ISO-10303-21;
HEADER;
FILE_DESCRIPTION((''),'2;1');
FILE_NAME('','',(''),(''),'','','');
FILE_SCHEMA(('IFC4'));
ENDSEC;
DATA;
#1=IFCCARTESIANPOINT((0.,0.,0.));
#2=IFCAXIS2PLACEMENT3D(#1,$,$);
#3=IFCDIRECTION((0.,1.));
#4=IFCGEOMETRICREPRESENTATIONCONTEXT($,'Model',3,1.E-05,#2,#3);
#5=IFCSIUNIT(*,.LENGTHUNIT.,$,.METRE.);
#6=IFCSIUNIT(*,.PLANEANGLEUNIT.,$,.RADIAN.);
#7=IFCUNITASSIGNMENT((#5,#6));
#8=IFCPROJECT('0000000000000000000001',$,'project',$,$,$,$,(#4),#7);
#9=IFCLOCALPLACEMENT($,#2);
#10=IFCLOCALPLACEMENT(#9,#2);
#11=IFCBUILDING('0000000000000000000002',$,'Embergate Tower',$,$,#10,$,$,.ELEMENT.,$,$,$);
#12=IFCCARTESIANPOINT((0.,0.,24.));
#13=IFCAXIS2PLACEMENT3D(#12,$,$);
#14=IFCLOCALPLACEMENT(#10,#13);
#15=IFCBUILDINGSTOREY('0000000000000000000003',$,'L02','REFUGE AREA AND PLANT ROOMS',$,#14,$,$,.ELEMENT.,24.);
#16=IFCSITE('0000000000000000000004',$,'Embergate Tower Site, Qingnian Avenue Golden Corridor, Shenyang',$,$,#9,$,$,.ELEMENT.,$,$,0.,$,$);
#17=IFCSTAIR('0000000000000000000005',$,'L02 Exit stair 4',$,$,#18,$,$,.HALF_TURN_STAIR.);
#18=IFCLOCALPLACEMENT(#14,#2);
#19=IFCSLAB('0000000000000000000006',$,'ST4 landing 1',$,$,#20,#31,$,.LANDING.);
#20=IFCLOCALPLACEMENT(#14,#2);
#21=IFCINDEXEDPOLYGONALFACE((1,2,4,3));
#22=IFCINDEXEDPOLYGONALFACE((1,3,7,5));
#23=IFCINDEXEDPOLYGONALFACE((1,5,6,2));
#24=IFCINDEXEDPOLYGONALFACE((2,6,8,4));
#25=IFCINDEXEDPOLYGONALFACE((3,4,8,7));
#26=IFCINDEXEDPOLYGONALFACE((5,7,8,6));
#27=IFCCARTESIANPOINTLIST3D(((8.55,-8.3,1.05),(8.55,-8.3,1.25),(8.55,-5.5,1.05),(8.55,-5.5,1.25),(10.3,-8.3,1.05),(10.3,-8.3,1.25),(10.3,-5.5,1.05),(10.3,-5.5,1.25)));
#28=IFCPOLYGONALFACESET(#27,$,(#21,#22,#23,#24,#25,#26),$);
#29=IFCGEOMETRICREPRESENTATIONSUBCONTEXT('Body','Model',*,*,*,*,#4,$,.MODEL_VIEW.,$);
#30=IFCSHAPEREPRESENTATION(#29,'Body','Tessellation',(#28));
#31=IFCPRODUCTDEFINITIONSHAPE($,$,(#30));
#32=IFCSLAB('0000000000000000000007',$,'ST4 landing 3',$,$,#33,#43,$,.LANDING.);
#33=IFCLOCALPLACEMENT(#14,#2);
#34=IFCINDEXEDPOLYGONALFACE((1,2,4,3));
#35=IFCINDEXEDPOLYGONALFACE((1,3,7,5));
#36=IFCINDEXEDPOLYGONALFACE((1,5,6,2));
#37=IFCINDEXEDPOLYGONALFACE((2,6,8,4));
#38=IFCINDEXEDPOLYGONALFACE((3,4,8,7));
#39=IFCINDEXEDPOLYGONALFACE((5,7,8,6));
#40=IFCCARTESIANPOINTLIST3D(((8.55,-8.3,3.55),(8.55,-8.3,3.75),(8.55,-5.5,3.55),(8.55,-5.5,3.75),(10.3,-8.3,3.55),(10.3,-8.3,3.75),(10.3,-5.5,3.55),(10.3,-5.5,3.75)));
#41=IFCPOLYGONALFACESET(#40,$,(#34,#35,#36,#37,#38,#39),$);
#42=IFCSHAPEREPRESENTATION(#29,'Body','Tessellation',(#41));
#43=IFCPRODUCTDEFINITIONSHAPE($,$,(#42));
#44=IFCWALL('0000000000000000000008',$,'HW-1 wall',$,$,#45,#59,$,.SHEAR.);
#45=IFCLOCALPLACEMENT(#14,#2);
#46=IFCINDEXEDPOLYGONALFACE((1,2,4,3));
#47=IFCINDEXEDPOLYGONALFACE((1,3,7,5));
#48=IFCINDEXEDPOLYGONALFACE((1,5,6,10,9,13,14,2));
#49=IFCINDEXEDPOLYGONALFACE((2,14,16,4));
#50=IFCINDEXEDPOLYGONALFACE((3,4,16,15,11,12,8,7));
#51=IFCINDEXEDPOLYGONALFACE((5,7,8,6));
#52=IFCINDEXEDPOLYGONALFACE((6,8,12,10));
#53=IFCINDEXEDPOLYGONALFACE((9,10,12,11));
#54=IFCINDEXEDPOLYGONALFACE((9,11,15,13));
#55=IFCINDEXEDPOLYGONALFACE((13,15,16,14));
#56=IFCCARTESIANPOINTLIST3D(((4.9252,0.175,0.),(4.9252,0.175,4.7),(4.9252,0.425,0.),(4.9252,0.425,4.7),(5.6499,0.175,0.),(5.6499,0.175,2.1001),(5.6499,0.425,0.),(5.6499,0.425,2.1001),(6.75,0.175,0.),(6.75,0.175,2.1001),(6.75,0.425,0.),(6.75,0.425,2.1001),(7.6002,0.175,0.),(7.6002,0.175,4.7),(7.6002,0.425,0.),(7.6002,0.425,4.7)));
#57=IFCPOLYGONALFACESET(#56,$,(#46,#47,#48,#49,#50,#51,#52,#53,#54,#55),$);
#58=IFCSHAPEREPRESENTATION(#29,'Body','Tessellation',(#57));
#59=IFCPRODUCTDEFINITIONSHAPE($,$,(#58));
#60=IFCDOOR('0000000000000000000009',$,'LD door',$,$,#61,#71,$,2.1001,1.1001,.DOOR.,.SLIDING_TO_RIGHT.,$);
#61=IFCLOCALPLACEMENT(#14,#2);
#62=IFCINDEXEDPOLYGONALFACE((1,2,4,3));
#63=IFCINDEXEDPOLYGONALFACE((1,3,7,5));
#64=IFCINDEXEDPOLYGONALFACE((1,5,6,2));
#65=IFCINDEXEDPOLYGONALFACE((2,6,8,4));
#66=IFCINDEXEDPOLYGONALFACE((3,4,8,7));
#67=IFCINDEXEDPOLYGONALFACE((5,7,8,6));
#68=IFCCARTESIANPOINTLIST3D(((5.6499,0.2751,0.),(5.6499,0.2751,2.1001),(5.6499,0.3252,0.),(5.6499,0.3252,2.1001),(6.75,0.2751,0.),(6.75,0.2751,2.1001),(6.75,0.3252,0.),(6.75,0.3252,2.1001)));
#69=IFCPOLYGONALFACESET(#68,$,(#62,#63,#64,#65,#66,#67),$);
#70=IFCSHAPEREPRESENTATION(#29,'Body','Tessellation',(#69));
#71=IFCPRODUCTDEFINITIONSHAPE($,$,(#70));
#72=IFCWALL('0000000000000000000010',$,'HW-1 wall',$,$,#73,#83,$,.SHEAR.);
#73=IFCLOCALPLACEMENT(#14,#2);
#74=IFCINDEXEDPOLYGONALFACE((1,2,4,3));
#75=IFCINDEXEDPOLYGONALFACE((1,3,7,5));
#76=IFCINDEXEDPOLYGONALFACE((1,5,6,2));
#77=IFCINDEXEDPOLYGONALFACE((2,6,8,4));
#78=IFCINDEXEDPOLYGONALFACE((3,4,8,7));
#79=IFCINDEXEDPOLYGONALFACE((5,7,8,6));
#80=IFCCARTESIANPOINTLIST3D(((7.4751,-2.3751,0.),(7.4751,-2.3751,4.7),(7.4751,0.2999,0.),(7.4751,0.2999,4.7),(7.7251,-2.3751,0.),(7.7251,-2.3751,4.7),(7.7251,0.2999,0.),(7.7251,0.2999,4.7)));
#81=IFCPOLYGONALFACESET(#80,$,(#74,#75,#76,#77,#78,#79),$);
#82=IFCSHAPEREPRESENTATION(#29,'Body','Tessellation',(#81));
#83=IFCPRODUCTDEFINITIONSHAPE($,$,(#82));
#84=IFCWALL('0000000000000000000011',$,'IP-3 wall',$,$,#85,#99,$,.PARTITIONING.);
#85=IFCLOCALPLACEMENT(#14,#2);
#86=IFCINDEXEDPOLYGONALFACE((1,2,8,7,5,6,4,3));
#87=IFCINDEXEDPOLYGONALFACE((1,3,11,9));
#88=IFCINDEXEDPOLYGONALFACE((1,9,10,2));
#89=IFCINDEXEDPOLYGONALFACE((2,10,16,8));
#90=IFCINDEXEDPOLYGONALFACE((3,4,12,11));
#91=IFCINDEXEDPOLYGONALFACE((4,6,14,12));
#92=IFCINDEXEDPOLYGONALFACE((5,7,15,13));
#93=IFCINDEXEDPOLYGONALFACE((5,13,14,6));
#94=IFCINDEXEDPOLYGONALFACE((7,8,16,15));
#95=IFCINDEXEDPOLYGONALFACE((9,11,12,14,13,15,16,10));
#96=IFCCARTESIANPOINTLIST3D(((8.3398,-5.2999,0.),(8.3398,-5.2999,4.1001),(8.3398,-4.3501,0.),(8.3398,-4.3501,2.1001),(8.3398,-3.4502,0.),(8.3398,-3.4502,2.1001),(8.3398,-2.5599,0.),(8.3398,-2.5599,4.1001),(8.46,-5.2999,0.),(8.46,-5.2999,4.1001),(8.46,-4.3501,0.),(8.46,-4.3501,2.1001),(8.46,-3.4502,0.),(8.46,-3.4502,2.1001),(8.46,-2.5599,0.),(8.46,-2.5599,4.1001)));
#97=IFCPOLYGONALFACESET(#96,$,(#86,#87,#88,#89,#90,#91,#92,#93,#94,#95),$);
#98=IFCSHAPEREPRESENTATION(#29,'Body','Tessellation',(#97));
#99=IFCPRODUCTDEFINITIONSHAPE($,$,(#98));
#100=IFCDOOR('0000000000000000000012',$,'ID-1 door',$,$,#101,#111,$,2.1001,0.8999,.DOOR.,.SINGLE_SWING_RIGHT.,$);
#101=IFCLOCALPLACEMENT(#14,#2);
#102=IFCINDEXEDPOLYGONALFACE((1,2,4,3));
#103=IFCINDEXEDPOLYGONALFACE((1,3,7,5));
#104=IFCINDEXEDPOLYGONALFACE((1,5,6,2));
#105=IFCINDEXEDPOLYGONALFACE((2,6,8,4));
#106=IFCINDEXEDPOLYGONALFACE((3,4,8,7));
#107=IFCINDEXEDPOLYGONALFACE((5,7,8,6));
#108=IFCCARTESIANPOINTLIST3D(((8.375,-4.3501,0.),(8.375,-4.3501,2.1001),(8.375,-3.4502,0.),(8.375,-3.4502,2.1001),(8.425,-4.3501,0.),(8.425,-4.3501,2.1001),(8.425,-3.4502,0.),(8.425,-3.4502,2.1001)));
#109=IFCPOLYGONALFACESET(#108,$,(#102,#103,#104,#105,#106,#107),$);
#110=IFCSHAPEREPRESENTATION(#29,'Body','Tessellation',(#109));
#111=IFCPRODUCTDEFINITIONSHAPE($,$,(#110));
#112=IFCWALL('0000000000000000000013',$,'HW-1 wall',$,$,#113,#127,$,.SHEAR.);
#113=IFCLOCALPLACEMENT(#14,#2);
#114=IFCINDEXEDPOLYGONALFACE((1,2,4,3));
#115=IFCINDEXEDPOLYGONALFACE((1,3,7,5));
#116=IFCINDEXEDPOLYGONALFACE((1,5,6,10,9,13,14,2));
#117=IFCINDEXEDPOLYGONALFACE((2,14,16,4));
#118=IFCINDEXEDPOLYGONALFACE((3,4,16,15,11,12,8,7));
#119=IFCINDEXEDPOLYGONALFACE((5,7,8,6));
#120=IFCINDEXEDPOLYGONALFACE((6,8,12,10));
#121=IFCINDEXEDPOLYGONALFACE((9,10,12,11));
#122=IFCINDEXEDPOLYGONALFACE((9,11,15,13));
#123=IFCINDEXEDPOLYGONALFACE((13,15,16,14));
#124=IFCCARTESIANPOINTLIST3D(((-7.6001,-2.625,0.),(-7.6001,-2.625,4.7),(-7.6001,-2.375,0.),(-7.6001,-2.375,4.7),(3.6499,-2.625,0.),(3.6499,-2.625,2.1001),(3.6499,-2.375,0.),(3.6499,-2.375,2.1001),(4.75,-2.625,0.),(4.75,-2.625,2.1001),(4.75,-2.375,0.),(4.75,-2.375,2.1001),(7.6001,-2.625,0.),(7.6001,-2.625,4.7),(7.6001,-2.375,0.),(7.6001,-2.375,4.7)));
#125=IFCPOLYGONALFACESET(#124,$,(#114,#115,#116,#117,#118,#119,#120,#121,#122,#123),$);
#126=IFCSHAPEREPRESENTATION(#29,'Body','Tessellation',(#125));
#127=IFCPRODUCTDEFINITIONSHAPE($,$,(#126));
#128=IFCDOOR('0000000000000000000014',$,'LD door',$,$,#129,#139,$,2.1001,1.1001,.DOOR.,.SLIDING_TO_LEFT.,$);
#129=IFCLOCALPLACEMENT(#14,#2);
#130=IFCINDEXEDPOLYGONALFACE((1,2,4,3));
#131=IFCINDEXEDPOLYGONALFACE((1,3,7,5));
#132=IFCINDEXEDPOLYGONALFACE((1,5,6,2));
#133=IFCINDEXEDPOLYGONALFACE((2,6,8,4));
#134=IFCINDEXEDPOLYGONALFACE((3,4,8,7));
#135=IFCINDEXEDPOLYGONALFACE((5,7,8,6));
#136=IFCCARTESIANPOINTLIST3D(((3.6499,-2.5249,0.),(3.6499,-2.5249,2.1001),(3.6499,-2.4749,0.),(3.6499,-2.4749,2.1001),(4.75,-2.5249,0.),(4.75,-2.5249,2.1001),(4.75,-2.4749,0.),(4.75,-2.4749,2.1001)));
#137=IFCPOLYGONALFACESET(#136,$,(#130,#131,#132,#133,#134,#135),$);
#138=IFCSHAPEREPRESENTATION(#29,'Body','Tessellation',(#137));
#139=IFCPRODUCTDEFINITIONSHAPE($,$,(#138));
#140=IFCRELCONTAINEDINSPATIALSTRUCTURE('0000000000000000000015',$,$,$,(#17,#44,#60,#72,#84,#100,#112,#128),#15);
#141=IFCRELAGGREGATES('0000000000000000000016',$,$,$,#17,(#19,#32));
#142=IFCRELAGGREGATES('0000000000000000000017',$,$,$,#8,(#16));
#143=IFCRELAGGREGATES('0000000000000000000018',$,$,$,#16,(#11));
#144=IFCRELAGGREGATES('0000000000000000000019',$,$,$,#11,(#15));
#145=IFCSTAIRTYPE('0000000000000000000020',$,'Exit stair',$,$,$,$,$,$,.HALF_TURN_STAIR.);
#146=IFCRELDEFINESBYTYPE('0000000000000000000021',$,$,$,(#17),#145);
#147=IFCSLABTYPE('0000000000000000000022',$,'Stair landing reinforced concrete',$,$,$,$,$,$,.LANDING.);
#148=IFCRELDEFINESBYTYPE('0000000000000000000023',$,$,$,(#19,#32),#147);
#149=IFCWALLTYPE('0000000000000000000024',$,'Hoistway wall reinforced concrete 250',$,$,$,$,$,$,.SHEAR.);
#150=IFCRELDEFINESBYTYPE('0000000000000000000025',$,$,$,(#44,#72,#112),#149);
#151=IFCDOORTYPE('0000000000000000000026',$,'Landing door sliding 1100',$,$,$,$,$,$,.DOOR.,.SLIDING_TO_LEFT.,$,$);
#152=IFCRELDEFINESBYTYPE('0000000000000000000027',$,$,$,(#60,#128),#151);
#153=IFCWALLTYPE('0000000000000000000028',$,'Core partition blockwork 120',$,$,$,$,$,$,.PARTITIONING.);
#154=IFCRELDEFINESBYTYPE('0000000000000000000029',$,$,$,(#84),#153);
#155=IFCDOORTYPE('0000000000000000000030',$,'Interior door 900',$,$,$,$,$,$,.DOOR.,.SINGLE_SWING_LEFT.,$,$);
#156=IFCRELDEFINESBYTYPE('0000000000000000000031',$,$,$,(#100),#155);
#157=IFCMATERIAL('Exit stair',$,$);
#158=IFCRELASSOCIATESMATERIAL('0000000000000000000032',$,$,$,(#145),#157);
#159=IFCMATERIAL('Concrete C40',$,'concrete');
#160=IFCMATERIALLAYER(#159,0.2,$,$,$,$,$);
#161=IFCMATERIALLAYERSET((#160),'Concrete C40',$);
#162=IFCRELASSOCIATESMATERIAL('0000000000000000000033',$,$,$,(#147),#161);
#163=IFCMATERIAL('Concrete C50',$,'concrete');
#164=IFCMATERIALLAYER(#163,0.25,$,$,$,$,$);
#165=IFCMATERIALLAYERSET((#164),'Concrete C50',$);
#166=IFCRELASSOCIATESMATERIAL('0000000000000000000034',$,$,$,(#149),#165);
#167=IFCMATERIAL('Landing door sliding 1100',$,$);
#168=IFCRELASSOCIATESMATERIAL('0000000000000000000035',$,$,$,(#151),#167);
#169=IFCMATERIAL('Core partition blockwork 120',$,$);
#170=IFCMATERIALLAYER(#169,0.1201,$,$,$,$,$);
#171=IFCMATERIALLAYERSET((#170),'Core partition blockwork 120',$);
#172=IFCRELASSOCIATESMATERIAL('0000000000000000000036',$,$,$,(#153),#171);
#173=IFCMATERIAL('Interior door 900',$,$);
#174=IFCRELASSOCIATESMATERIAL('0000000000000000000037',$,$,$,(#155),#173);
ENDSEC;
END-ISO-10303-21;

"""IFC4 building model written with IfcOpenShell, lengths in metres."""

from ifc_helpers import new_model, si_unit, direction, frame, frame_2d, origin, place, context, subcontext, project, spatial, polyline, rectangle, outline, extrude, source, transform, mapped, material, layer, layer_set, type_object, element, fill, aggregate, save


model = new_model("IFC4")

# Units and contexts
model_context = context("Model", 3, precision=1e-05, world=origin(), true_north=direction((0.0, 1.0)))
body_context = subcontext(model_context, "Body", "Model", "MODEL_VIEW")
ifc_project = project(units=[si_unit("LENGTHUNIT", "METRE"), si_unit("PLANEANGLEUNIT", "RADIAN")], contexts=[model_context])

# Site, building, storey
site_placement = place(None, origin())
site = spatial("IfcSite", under=ifc_project, at=site_placement, Name="Embergate Tower Site, Qingnian Avenue Golden Corridor, Shenyang", CompositionType="ELEMENT", RefElevation=0.0)
building_placement = place(site_placement, origin())
building = spatial("IfcBuilding", under=site, at=building_placement, Name="Embergate Tower", CompositionType="ELEMENT")
storey_placement = place(building_placement, frame((0.0, 0.0, 24.0)))
storey = spatial("IfcBuildingStorey", under=building, at=storey_placement, Name="L02", Description="REFUGE AREA AND PLANT ROOMS", CompositionType="ELEMENT", Elevation=24.0)

# Stair, slabs
ifc_material_1 = material(Name="Exit stair")
stair_type = type_object("IfcStairType", Name="Exit stair", PredefinedType="HALF_TURN_STAIR", material=ifc_material_1)
stair_placement = place(storey_placement, origin())
stair = element("IfcStair", 1, at=stair_placement, inside=storey, type_object=stair_type, Name="L02 Exit stair 4", PredefinedType="HALF_TURN_STAIR")
ifc_material_2 = material(Name="Concrete C40", Category="concrete")
ifc_layer_1 = layer(ifc_material_2, 0.2)
ifc_layer_set_1 = layer_set([ifc_layer_1], Name="Concrete C40")
slab_type = type_object("IfcSlabType", Name="Stair landing reinforced concrete", PredefinedType="LANDING", material=ifc_layer_set_1)
shared_shape_1 = source(origin(), body_context, "Body", "SweptSolid", [
    extrude(outline(polyline([(0.0, 0.0), (1.75, 0.0), (1.75, 2.8), (0.0, 2.8), (0.0, 0.0)])), origin(), (0.0, 0.0, 1.0), 0.2),
])
slab_1_placement = place(storey_placement, frame((8.55, -8.3, 1.05)))
slab_1 = element("IfcSlab", 2, at=slab_1_placement, type_object=slab_type, Name="ST4 landing 1", PredefinedType="LANDING", context=body_context, shape_type="MappedRepresentation", body=[
    mapped(shared_shape_1, transform((0.0, 0.0, 0.0))),
])
slab_2_placement = place(storey_placement, frame((8.55, -8.3, 3.55)))
slab_2 = element("IfcSlab", 3, at=slab_2_placement, type_object=slab_type, Name="ST4 landing 3", PredefinedType="LANDING", context=body_context, shape_type="MappedRepresentation", body=[
    mapped(shared_shape_1, transform((0.0, 0.0, 0.0))),
])

# Wall, opening, door
ifc_material_3 = material(Name="Concrete C50", Category="concrete")
ifc_layer_2 = layer(ifc_material_3, 0.25)
ifc_layer_set_2 = layer_set([ifc_layer_2], Name="Concrete C50")
wall_type_1 = type_object("IfcWallType", Name="Hoistway wall reinforced concrete 250", PredefinedType="SHEAR", material=ifc_layer_set_2)
shared_shape_2 = source(origin(), body_context, "Body", "SweptSolid", [
    extrude(rectangle(XDim=2.675, YDim=0.25, at=frame_2d((1.3374, 0.0))), origin(), (0.0, 0.0, 1.0), 4.7),
])
wall_1_placement = place(storey_placement, frame((7.6001, 0.3, 0.0), z_axis=(0.0, 0.0, 1.0), x_axis=(-1.0, 0.0, 0.0)))
wall_1 = element("IfcWall", 4, at=wall_1_placement, inside=storey, type_object=wall_type_1, Name="HW-1 wall", PredefinedType="SHEAR", context=body_context, shape_type="MappedRepresentation", body=[
    mapped(shared_shape_2, transform((0.0, 0.0, 0.0))),
])
shared_shape_3 = source(origin(), body_context, "Body", "SweptSolid", [
    extrude(rectangle(XDim=1.1001, YDim=2.1001, at=frame_2d((0.55, 1.05))), frame((0.0, 0.135, 0.0), z_axis=(0.0, -1.0, 0.0), x_axis=(1.0, 0.0, 0.0)), (0.0, 0.0, 1.0), 0.27),
])
opening_1_placement = place(wall_1_placement, frame((0.8501, 0.0, 0.0)))
opening_1 = element("IfcOpeningElement", 5, at=opening_1_placement, cuts=wall_1, PredefinedType="OPENING", context=body_context, shape_type="MappedRepresentation", body=[
    mapped(shared_shape_3, transform((0.0, 0.0, 0.0))),
])
ifc_material_4 = material(Name="Landing door sliding 1100")
door_type_1 = type_object("IfcDoorType", Name="Landing door sliding 1100", OperationType="SLIDING_TO_LEFT", PredefinedType="DOOR", material=ifc_material_4)
shared_shape_4 = source(origin(), body_context, "Body", "SweptSolid", [
    extrude(rectangle(XDim=1.1001, YDim=2.1001, at=frame_2d((0.55, 1.05))), frame((0.0, 0.0249, 0.0), z_axis=(0.0, -1.0, 0.0), x_axis=(1.0, 0.0, 0.0)), (0.0, 0.0, 1.0), 0.05),
])
door_1_placement = place(opening_1_placement, origin())
door_1 = element("IfcDoor", 6, at=door_1_placement, inside=storey, type_object=door_type_1, Name="LD door", OperationType="SLIDING_TO_RIGHT", OverallHeight=2.1001, OverallWidth=1.1001, PredefinedType="DOOR", context=body_context, shape_type="MappedRepresentation", body=[
    mapped(shared_shape_4, transform((0.0, 0.0, 0.0))),
])
fill(opening_1, door_1)

# Wall
wall_2_placement = place(storey_placement, frame((7.6001, -2.375, 0.0), z_axis=(0.0, 0.0, 1.0), x_axis=(0.0, 1.0, 0.0)))
element("IfcWall", 7, at=wall_2_placement, inside=storey, type_object=wall_type_1, Name="HW-1 wall", PredefinedType="SHEAR", context=body_context, shape_type="MappedRepresentation", body=[
    mapped(shared_shape_2, transform((0.0, 0.0, 0.0))),
])

# Walls, openings, doors
ifc_material_5 = material(Name="Core partition blockwork 120")
ifc_layer_3 = layer(ifc_material_5, 0.1201)
ifc_layer_set_3 = layer_set([ifc_layer_3], Name="Core partition blockwork 120")
wall_type_2 = type_object("IfcWallType", Name="Core partition blockwork 120", PredefinedType="PARTITIONING", material=ifc_layer_set_3)
shared_shape_5 = source(origin(), body_context, "Body", "SweptSolid", [
    extrude(rectangle(XDim=2.74, YDim=0.1201, at=frame_2d((1.3701, 0.0))), origin(), (0.0, 0.0, 1.0), 4.1001),
])
wall_3_placement = place(storey_placement, frame((8.3999, -5.3, 0.0), z_axis=(0.0, 0.0, 1.0), x_axis=(0.0, 1.0, 0.0)))
wall_3 = element("IfcWall", 8, at=wall_3_placement, inside=storey, type_object=wall_type_2, Name="IP-3 wall", PredefinedType="PARTITIONING", context=body_context, shape_type="MappedRepresentation", body=[
    mapped(shared_shape_5, transform((0.0, 0.0, 0.0))),
])
shared_shape_6 = source(origin(), body_context, "Body", "SweptSolid", [
    extrude(rectangle(XDim=0.8999, YDim=2.1001, at=frame_2d((0.45, 1.05))), frame((0.0, 0.0701, 0.0), z_axis=(0.0, -1.0, 0.0), x_axis=(1.0, 0.0, 0.0)), (0.0, 0.0, 1.0), 0.1401),
])
opening_2_placement = place(wall_3_placement, frame((0.95, 0.0, 0.0)))
opening_2 = element("IfcOpeningElement", 9, at=opening_2_placement, cuts=wall_3, PredefinedType="OPENING", context=body_context, shape_type="MappedRepresentation", body=[
    mapped(shared_shape_6, transform((0.0, 0.0, 0.0))),
])
ifc_material_6 = material(Name="Interior door 900")
door_type_2 = type_object("IfcDoorType", Name="Interior door 900", OperationType="SINGLE_SWING_LEFT", PredefinedType="DOOR", material=ifc_material_6)
shared_shape_7 = source(origin(), body_context, "Body", "SweptSolid", [
    extrude(rectangle(XDim=0.8999, YDim=2.1001, at=frame_2d((0.45, 1.05))), frame((0.0, 0.0249, 0.0), z_axis=(0.0, -1.0, 0.0), x_axis=(1.0, 0.0, 0.0)), (0.0, 0.0, 1.0), 0.05),
])
door_2_placement = place(opening_2_placement, origin())
door_2 = element("IfcDoor", 10, at=door_2_placement, inside=storey, type_object=door_type_2, Name="ID-1 door", OperationType="SINGLE_SWING_RIGHT", OverallHeight=2.1001, OverallWidth=0.8999, PredefinedType="DOOR", context=body_context, shape_type="MappedRepresentation", body=[
    mapped(shared_shape_7, transform((0.0, 0.0, 0.0))),
])
fill(opening_2, door_2)
shared_shape_8 = source(origin(), body_context, "Body", "SweptSolid", [
    extrude(rectangle(XDim=15.2002, YDim=0.25, at=frame_2d((7.6001, 0.0))), origin(), (0.0, 0.0, 1.0), 4.7),
])
wall_4_placement = place(storey_placement, frame((7.6001, -2.5, 0.0), z_axis=(0.0, 0.0, 1.0), x_axis=(-1.0, 0.0, 0.0)))
wall_4 = element("IfcWall", 11, at=wall_4_placement, inside=storey, type_object=wall_type_1, Name="HW-1 wall", PredefinedType="SHEAR", context=body_context, shape_type="MappedRepresentation", body=[
    mapped(shared_shape_8, transform((0.0, 0.0, 0.0))),
])
opening_3_placement = place(wall_4_placement, frame((2.8501, 0.0, 0.0)))
opening_3 = element("IfcOpeningElement", 12, at=opening_3_placement, cuts=wall_4, PredefinedType="OPENING", context=body_context, shape_type="MappedRepresentation", body=[
    mapped(shared_shape_3, transform((0.0, 0.0, 0.0))),
])
door_3_placement = place(opening_3_placement, origin())
door_3 = element("IfcDoor", 13, at=door_3_placement, inside=storey, type_object=door_type_1, Name="LD door", OperationType="SLIDING_TO_LEFT", OverallHeight=2.1001, OverallWidth=1.1001, PredefinedType="DOOR", context=body_context, shape_type="MappedRepresentation", body=[
    mapped(shared_shape_4, transform((0.0, 0.0, 0.0))),
])
fill(opening_3, door_3)

aggregate(stair, [slab_1, slab_2])

save(model, "model.ifc")
